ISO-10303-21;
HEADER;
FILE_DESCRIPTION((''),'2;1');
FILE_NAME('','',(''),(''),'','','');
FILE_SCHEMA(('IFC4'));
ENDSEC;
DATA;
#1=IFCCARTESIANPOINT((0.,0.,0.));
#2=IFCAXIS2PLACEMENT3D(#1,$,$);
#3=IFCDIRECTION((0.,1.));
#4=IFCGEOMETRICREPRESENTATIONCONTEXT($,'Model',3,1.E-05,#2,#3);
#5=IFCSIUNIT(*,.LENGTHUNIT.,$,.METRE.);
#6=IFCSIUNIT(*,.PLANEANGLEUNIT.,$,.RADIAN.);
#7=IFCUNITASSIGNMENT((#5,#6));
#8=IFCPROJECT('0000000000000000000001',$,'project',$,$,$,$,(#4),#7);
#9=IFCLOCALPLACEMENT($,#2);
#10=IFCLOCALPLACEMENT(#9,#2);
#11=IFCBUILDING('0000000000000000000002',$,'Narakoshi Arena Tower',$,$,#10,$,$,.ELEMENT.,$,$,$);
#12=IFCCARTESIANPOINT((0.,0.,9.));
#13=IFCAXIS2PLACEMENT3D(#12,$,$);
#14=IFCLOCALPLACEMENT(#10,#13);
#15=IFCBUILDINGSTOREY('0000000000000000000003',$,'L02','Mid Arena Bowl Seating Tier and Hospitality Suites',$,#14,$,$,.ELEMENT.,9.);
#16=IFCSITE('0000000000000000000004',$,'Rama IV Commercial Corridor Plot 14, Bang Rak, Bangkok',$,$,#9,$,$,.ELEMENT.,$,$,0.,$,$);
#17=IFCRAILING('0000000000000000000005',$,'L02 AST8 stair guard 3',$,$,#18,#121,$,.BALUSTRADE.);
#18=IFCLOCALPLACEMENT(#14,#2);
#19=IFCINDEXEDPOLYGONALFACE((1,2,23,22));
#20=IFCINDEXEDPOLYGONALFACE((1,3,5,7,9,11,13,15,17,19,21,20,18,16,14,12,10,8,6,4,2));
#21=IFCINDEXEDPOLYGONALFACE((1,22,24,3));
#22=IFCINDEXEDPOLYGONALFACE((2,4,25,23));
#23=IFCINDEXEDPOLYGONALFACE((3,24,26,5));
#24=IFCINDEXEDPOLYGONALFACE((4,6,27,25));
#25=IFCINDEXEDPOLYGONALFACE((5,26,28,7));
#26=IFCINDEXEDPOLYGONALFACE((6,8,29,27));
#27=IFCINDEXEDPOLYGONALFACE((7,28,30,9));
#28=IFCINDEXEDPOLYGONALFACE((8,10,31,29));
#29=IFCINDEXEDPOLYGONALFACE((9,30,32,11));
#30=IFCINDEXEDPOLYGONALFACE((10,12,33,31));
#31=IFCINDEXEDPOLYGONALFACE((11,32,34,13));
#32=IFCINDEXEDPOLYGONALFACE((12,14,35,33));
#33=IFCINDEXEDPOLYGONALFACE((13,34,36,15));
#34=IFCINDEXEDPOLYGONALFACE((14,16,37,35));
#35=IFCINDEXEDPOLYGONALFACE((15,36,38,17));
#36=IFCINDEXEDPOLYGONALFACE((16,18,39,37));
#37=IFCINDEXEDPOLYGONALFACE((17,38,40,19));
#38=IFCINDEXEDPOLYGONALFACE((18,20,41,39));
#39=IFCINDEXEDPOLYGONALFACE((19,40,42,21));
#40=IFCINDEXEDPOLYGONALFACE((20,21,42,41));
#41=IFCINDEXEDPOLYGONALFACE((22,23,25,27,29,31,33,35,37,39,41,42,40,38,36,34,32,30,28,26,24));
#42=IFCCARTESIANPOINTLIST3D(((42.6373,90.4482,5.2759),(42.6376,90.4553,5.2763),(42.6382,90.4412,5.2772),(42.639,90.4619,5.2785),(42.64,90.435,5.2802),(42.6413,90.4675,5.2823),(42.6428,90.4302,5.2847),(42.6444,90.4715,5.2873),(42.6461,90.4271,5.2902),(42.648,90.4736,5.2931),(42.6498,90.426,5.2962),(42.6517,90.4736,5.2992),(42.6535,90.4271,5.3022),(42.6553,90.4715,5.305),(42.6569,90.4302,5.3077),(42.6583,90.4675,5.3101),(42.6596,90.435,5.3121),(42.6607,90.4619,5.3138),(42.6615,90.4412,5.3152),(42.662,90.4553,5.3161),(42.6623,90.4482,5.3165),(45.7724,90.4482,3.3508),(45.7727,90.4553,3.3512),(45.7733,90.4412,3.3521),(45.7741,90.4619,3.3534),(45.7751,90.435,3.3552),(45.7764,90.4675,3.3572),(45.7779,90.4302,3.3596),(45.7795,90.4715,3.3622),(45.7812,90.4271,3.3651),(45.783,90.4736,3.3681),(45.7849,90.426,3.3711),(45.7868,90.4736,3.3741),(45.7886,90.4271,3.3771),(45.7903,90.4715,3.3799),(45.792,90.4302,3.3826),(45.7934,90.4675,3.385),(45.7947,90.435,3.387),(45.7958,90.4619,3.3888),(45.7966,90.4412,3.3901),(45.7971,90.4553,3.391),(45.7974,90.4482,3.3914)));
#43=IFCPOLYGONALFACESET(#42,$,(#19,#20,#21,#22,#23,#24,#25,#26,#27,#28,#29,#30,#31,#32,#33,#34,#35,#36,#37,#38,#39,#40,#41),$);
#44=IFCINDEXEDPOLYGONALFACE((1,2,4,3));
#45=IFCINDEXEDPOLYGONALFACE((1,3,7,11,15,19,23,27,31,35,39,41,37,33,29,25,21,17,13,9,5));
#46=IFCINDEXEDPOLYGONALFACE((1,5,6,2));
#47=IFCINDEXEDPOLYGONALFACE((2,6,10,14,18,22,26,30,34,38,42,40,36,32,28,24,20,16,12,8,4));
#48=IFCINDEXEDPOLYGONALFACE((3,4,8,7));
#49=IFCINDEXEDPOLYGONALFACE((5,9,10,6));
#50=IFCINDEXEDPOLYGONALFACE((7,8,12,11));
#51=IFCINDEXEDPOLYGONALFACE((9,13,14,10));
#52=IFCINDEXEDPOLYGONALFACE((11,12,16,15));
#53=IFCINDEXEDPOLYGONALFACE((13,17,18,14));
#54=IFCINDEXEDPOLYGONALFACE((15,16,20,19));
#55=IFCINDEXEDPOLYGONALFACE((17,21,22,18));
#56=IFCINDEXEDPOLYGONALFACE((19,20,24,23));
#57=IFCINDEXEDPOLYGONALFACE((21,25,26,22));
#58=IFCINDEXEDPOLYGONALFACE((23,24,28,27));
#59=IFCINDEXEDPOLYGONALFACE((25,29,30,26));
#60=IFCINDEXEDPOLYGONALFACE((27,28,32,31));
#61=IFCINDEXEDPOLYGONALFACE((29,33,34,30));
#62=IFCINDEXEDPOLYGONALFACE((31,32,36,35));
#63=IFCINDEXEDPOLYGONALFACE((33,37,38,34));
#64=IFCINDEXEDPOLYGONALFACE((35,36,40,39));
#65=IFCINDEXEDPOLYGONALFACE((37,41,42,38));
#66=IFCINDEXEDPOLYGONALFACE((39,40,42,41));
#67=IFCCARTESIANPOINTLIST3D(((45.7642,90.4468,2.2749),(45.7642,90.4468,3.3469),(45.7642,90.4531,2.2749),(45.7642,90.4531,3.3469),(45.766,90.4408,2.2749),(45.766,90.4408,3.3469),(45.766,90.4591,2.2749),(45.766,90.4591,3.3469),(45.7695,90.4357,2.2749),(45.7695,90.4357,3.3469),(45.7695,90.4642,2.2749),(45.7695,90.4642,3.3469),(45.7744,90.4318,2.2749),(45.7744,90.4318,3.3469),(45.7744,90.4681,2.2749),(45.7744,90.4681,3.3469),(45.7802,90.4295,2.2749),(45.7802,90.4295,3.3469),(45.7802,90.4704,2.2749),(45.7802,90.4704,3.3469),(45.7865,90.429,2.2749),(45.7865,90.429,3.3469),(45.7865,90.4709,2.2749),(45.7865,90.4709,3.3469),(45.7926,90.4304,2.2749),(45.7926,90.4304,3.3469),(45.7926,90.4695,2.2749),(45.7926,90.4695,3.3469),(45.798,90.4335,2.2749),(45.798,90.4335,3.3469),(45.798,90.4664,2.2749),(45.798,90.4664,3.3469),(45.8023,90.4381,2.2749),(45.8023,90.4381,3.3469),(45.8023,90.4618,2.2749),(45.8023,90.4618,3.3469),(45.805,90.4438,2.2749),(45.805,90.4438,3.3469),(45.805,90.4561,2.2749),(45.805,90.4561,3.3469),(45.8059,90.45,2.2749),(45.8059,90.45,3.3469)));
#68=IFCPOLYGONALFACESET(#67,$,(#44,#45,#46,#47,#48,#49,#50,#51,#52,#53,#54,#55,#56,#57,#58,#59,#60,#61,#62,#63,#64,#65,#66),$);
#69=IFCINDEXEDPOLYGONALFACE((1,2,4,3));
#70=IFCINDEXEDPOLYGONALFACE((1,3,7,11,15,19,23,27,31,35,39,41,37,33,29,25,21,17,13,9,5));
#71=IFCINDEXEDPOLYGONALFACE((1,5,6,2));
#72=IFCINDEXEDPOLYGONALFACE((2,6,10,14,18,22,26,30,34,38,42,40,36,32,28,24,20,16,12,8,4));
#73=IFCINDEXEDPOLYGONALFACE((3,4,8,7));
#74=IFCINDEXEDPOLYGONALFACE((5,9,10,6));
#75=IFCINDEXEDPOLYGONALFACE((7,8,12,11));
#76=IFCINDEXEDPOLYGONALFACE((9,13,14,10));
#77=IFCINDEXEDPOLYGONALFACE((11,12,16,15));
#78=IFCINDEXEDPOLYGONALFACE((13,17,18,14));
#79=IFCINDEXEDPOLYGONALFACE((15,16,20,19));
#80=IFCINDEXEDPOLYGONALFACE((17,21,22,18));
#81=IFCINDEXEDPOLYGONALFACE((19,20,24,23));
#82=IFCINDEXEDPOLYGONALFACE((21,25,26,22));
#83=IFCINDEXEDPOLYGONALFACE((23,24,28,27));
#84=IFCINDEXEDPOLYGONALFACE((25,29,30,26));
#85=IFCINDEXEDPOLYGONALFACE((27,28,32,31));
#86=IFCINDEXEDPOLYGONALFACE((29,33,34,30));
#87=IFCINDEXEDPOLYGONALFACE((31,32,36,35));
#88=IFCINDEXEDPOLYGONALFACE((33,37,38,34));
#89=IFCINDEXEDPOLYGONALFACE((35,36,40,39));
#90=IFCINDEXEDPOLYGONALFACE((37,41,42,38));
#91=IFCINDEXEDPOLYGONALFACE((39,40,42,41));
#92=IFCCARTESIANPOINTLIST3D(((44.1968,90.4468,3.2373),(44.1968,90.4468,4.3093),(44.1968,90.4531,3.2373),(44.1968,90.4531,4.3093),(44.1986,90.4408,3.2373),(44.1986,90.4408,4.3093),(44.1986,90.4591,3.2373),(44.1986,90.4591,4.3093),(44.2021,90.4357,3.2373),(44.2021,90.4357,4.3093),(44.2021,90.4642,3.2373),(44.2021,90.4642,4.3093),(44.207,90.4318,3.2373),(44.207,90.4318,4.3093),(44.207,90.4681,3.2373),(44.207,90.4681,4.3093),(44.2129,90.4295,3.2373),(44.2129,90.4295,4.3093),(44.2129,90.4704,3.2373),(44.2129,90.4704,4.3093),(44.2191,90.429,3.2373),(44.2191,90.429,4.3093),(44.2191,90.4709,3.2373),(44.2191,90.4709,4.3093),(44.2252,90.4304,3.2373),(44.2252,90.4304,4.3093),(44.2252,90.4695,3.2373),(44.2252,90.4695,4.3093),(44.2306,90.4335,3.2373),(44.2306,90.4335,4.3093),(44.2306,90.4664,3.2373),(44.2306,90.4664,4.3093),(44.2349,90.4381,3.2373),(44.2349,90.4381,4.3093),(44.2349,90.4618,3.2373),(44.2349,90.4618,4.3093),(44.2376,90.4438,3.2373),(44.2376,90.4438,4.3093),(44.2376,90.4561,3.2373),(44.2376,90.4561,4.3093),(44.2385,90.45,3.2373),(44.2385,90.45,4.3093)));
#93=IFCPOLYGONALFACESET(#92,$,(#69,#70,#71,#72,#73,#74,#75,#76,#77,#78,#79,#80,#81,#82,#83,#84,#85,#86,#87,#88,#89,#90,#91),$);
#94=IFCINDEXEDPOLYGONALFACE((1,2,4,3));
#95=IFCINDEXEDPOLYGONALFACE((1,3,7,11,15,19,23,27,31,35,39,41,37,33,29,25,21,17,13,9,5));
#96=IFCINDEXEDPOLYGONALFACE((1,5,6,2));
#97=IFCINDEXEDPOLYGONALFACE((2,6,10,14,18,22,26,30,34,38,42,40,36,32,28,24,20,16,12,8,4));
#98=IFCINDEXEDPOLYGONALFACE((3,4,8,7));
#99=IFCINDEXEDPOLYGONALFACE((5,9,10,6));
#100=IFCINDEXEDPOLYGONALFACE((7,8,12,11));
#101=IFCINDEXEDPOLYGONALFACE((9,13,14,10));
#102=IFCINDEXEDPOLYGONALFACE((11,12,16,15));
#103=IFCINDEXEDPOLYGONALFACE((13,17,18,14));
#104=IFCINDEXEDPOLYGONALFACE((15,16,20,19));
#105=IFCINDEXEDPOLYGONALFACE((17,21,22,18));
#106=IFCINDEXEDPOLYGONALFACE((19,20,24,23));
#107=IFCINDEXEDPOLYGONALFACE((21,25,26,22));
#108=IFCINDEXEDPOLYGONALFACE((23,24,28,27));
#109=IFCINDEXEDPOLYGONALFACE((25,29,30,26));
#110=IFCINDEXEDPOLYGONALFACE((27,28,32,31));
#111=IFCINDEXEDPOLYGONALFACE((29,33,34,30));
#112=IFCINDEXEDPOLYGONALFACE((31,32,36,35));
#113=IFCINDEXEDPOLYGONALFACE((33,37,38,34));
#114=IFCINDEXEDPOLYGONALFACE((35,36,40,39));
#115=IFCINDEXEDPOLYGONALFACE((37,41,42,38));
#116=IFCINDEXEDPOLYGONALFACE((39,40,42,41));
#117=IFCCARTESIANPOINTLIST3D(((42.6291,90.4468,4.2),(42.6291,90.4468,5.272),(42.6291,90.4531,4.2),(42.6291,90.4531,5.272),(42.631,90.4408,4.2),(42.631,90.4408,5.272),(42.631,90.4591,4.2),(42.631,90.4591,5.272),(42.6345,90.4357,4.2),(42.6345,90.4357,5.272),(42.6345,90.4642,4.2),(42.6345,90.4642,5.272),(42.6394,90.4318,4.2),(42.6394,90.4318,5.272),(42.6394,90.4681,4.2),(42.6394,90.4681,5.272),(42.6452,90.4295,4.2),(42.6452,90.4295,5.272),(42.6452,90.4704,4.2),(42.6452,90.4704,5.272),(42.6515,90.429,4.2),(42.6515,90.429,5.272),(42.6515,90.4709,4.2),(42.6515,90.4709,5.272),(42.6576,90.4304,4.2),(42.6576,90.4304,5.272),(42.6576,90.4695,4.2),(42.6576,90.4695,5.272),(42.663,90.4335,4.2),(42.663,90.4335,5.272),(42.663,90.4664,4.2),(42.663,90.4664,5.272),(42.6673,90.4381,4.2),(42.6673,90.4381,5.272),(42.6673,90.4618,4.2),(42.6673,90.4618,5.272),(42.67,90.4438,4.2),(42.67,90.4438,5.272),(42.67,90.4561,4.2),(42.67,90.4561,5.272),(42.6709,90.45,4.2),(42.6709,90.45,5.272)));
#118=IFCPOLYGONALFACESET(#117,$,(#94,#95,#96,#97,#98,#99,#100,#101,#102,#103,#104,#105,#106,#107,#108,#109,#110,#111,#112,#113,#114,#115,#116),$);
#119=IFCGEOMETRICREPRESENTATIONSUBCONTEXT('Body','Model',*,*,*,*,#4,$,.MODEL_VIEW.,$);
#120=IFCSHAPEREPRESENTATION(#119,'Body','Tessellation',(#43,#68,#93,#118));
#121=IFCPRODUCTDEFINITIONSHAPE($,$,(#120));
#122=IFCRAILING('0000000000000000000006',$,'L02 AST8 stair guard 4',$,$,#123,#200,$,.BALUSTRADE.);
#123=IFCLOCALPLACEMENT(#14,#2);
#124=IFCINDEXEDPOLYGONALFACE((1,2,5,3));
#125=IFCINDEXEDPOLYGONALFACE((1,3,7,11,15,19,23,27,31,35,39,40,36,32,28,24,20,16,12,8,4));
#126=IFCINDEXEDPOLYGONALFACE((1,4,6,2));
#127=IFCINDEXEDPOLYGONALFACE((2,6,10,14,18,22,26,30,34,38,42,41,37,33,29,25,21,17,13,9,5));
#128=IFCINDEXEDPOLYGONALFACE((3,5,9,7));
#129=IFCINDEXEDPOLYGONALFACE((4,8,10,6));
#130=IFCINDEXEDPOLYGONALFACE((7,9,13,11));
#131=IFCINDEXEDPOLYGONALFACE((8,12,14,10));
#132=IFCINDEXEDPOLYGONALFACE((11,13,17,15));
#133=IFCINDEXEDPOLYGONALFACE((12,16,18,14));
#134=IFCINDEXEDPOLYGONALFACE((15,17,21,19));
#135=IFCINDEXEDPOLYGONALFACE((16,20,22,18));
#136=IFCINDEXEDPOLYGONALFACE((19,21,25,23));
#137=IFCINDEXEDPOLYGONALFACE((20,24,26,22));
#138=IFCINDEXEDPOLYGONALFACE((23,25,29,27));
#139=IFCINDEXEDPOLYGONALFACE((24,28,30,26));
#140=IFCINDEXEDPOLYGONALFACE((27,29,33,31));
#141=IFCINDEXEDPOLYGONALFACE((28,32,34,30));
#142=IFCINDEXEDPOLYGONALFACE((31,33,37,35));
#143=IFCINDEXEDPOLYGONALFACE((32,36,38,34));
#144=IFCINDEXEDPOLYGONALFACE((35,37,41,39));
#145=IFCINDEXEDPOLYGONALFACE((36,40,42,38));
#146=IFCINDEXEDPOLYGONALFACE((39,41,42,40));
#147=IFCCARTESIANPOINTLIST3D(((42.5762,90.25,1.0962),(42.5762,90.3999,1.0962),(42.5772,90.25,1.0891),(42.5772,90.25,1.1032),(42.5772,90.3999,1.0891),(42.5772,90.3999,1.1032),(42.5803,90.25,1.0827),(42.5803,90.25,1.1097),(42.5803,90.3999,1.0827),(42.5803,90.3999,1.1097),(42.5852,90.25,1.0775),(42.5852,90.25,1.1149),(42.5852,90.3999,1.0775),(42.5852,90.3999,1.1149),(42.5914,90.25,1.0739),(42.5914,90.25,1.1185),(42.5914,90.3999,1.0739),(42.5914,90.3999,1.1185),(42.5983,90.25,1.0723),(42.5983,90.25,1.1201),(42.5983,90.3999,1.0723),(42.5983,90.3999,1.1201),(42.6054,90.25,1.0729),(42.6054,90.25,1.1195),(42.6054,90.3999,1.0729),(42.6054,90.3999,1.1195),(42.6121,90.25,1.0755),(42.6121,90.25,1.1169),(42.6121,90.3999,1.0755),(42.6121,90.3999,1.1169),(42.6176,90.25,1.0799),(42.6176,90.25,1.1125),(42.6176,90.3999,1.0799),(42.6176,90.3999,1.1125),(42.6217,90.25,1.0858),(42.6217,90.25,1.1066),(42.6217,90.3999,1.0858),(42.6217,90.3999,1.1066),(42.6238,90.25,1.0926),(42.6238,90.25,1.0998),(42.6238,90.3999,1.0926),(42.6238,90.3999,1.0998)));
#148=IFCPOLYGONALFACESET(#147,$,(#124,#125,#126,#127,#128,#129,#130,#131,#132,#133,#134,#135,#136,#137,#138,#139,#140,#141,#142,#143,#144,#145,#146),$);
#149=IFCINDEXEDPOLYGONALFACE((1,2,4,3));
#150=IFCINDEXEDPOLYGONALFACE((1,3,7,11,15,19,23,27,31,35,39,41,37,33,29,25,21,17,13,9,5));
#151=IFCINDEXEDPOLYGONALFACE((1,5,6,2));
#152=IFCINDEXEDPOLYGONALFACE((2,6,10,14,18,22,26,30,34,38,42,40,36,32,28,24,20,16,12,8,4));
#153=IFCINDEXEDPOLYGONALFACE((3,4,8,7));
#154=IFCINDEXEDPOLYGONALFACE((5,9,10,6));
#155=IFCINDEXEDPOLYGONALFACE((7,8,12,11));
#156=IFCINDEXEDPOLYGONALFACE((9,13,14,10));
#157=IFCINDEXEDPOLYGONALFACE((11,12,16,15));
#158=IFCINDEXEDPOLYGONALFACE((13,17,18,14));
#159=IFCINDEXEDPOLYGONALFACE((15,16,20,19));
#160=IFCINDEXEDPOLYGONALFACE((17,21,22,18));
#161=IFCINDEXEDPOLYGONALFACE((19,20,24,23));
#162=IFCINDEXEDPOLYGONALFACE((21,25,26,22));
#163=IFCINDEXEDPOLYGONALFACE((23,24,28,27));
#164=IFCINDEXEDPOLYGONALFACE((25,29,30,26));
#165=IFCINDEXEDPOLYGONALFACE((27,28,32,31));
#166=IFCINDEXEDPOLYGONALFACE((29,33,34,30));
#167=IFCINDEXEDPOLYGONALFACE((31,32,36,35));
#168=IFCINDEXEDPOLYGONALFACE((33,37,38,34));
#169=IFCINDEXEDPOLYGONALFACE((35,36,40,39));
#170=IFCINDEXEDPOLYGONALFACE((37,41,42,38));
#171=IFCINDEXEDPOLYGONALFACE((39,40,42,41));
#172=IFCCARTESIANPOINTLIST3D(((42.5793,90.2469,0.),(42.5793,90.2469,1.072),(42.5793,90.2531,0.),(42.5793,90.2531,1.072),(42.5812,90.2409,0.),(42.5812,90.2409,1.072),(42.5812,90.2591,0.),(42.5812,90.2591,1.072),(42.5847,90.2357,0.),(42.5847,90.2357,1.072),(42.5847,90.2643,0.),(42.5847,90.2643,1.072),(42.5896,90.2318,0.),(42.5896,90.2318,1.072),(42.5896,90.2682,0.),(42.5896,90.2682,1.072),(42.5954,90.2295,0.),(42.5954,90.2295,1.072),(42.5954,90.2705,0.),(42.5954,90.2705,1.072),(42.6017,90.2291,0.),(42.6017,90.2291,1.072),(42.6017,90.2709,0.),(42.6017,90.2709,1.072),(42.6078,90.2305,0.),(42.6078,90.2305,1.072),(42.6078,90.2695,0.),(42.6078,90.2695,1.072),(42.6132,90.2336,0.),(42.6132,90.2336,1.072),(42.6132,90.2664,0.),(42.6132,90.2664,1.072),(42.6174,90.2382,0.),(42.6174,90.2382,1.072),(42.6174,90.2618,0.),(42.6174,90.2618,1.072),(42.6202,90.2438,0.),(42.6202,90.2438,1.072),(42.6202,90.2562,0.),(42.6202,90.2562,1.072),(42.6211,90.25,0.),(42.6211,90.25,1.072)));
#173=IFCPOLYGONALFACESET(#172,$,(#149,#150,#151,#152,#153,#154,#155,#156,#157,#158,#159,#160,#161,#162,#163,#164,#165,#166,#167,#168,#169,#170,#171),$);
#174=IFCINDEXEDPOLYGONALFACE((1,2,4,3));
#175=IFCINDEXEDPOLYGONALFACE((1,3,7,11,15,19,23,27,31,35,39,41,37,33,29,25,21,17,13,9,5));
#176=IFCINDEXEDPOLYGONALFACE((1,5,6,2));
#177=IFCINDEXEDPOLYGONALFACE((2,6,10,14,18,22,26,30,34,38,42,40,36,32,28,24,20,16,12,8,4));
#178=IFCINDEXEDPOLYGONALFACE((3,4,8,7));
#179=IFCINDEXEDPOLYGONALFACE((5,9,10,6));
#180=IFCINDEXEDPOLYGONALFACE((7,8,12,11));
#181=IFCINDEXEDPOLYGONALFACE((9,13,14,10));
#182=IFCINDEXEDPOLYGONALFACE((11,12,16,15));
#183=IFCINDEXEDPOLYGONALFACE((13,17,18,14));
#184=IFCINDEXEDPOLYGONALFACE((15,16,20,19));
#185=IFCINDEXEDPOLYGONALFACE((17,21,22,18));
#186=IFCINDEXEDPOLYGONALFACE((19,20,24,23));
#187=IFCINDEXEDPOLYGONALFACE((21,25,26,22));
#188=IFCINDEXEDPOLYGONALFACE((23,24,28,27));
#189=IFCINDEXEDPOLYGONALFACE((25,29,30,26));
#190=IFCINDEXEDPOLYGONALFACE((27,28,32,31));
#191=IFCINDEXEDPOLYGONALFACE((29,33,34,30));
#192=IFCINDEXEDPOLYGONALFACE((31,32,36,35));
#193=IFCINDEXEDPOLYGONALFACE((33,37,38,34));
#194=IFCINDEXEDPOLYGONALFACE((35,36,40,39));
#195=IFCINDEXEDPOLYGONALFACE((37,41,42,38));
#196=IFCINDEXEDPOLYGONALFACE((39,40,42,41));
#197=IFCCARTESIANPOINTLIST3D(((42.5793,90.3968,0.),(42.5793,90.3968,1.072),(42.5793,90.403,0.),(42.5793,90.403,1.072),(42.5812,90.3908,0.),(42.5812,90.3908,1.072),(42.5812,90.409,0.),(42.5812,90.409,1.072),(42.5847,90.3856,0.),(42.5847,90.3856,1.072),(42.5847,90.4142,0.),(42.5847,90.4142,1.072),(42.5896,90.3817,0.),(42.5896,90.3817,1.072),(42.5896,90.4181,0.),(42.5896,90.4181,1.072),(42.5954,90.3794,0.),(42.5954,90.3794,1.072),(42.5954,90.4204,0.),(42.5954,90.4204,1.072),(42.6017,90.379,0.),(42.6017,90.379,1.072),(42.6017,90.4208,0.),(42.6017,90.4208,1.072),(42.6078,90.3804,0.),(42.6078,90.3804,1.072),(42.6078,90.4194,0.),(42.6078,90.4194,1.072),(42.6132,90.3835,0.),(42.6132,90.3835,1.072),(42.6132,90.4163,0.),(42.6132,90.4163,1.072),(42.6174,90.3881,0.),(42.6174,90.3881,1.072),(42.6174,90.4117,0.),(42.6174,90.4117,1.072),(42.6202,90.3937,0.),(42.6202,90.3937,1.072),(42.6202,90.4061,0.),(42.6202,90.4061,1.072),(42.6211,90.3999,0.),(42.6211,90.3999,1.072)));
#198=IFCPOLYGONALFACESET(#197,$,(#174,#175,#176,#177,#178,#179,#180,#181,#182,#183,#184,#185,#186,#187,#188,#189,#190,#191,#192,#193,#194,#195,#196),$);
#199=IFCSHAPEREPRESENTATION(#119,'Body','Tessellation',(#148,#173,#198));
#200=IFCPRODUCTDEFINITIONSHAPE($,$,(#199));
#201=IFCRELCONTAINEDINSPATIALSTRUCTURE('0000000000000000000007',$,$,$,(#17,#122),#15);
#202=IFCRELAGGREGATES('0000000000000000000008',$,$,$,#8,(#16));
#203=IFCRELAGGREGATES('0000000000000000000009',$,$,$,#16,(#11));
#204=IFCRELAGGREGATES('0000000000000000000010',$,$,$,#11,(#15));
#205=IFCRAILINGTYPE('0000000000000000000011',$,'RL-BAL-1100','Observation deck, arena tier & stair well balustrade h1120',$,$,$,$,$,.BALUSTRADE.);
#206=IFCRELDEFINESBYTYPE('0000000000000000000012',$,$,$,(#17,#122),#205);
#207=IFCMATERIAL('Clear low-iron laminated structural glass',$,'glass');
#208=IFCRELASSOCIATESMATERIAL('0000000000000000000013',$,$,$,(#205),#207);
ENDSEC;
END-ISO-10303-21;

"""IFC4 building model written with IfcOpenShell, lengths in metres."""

from ifc_helpers import new_model, si_unit, direction, frame, origin, origin_2d, place, context, subcontext, project, spatial, circle, extrude, material, type_object, element, save


model = new_model("IFC4")

# Units and contexts
model_context = context("Model", 3, precision=1e-05, world=origin(), true_north=direction((0.0, 1.0)))
body_context = subcontext(model_context, "Body", "Model", "MODEL_VIEW")
ifc_project = project(units=[si_unit("LENGTHUNIT", "METRE"), si_unit("PLANEANGLEUNIT", "RADIAN")], contexts=[model_context])

# Site, building, storey
site_placement = place(None, origin())
site = spatial("IfcSite", under=ifc_project, at=site_placement, Name="Rama IV Commercial Corridor Plot 14, Bang Rak, Bangkok", CompositionType="ELEMENT", RefElevation=0.0)
building_placement = place(site_placement, origin())
building = spatial("IfcBuilding", under=site, at=building_placement, Name="Narakoshi Arena Tower", CompositionType="ELEMENT")
storey_placement = place(building_placement, frame((0.0, 0.0, 9.0)))
storey = spatial("IfcBuildingStorey", under=building, at=storey_placement, Name="L02", Description="Mid Arena Bowl Seating Tier and Hospitality Suites", CompositionType="ELEMENT", Elevation=9.0)

# Railings
ifc_material_1 = material(Name="Clear low-iron laminated structural glass", Category="glass")
railing_type_1 = type_object("IfcRailingType", Name="RL-BAL-1100", Description="Observation deck, arena tier & stair well balustrade h1120", PredefinedType="BALUSTRADE", material=ifc_material_1)
railing_1_placement = place(storey_placement, frame((45.7849, 90.45, 2.2749)))
element("IfcRailing", 1, at=railing_1_placement, inside=storey, type_object=railing_type_1, Name="L02 AST8 stair guard 3", PredefinedType="BALUSTRADE", context=body_context, shape_type="SweptSolid", body=[
    extrude(circle(Radius=0.0239, at=origin_2d()), frame((0.0, 0.0, 1.0962), z_axis=(-0.852166, 0.0, 0.523271), x_axis=(0.0, -1.0, 0.0)), (0.0, 0.0, 1.0), 3.679),
    extrude(circle(Radius=0.021, at=origin_2d()), origin(), (0.0, 0.0, 1.0), 1.072),
    extrude(circle(Radius=0.021, at=origin_2d()), frame((-1.5674, 0.0, 0.9624)), (0.0, 0.0, 1.0), 1.072),
    extrude(circle(Radius=0.021, at=origin_2d()), frame((-3.135, 0.0, 1.925)), (0.0, 0.0, 1.0), 1.072),
])
railing_2_placement = place(storey_placement, frame((42.6001, 90.25, 0.0)))
element("IfcRailing", 2, at=railing_2_placement, inside=storey, type_object=railing_type_1, Name="L02 AST8 stair guard 4", PredefinedType="BALUSTRADE", context=body_context, shape_type="SweptSolid", body=[
    extrude(circle(Radius=0.0239, at=origin_2d()), frame((0.0, 0.0, 1.0962), z_axis=(0.0, 1.0, 0.0), x_axis=(-1.0, 0.0, 0.0)), (0.0, 0.0, 1.0), 0.1499),
    extrude(circle(Radius=0.021, at=origin_2d()), origin(), (0.0, 0.0, 1.0), 1.072),
    extrude(circle(Radius=0.021, at=origin_2d()), frame((0.0, 0.1499, 0.0)), (0.0, 0.0, 1.0), 1.072),
])

save(model, "model.ifc")
